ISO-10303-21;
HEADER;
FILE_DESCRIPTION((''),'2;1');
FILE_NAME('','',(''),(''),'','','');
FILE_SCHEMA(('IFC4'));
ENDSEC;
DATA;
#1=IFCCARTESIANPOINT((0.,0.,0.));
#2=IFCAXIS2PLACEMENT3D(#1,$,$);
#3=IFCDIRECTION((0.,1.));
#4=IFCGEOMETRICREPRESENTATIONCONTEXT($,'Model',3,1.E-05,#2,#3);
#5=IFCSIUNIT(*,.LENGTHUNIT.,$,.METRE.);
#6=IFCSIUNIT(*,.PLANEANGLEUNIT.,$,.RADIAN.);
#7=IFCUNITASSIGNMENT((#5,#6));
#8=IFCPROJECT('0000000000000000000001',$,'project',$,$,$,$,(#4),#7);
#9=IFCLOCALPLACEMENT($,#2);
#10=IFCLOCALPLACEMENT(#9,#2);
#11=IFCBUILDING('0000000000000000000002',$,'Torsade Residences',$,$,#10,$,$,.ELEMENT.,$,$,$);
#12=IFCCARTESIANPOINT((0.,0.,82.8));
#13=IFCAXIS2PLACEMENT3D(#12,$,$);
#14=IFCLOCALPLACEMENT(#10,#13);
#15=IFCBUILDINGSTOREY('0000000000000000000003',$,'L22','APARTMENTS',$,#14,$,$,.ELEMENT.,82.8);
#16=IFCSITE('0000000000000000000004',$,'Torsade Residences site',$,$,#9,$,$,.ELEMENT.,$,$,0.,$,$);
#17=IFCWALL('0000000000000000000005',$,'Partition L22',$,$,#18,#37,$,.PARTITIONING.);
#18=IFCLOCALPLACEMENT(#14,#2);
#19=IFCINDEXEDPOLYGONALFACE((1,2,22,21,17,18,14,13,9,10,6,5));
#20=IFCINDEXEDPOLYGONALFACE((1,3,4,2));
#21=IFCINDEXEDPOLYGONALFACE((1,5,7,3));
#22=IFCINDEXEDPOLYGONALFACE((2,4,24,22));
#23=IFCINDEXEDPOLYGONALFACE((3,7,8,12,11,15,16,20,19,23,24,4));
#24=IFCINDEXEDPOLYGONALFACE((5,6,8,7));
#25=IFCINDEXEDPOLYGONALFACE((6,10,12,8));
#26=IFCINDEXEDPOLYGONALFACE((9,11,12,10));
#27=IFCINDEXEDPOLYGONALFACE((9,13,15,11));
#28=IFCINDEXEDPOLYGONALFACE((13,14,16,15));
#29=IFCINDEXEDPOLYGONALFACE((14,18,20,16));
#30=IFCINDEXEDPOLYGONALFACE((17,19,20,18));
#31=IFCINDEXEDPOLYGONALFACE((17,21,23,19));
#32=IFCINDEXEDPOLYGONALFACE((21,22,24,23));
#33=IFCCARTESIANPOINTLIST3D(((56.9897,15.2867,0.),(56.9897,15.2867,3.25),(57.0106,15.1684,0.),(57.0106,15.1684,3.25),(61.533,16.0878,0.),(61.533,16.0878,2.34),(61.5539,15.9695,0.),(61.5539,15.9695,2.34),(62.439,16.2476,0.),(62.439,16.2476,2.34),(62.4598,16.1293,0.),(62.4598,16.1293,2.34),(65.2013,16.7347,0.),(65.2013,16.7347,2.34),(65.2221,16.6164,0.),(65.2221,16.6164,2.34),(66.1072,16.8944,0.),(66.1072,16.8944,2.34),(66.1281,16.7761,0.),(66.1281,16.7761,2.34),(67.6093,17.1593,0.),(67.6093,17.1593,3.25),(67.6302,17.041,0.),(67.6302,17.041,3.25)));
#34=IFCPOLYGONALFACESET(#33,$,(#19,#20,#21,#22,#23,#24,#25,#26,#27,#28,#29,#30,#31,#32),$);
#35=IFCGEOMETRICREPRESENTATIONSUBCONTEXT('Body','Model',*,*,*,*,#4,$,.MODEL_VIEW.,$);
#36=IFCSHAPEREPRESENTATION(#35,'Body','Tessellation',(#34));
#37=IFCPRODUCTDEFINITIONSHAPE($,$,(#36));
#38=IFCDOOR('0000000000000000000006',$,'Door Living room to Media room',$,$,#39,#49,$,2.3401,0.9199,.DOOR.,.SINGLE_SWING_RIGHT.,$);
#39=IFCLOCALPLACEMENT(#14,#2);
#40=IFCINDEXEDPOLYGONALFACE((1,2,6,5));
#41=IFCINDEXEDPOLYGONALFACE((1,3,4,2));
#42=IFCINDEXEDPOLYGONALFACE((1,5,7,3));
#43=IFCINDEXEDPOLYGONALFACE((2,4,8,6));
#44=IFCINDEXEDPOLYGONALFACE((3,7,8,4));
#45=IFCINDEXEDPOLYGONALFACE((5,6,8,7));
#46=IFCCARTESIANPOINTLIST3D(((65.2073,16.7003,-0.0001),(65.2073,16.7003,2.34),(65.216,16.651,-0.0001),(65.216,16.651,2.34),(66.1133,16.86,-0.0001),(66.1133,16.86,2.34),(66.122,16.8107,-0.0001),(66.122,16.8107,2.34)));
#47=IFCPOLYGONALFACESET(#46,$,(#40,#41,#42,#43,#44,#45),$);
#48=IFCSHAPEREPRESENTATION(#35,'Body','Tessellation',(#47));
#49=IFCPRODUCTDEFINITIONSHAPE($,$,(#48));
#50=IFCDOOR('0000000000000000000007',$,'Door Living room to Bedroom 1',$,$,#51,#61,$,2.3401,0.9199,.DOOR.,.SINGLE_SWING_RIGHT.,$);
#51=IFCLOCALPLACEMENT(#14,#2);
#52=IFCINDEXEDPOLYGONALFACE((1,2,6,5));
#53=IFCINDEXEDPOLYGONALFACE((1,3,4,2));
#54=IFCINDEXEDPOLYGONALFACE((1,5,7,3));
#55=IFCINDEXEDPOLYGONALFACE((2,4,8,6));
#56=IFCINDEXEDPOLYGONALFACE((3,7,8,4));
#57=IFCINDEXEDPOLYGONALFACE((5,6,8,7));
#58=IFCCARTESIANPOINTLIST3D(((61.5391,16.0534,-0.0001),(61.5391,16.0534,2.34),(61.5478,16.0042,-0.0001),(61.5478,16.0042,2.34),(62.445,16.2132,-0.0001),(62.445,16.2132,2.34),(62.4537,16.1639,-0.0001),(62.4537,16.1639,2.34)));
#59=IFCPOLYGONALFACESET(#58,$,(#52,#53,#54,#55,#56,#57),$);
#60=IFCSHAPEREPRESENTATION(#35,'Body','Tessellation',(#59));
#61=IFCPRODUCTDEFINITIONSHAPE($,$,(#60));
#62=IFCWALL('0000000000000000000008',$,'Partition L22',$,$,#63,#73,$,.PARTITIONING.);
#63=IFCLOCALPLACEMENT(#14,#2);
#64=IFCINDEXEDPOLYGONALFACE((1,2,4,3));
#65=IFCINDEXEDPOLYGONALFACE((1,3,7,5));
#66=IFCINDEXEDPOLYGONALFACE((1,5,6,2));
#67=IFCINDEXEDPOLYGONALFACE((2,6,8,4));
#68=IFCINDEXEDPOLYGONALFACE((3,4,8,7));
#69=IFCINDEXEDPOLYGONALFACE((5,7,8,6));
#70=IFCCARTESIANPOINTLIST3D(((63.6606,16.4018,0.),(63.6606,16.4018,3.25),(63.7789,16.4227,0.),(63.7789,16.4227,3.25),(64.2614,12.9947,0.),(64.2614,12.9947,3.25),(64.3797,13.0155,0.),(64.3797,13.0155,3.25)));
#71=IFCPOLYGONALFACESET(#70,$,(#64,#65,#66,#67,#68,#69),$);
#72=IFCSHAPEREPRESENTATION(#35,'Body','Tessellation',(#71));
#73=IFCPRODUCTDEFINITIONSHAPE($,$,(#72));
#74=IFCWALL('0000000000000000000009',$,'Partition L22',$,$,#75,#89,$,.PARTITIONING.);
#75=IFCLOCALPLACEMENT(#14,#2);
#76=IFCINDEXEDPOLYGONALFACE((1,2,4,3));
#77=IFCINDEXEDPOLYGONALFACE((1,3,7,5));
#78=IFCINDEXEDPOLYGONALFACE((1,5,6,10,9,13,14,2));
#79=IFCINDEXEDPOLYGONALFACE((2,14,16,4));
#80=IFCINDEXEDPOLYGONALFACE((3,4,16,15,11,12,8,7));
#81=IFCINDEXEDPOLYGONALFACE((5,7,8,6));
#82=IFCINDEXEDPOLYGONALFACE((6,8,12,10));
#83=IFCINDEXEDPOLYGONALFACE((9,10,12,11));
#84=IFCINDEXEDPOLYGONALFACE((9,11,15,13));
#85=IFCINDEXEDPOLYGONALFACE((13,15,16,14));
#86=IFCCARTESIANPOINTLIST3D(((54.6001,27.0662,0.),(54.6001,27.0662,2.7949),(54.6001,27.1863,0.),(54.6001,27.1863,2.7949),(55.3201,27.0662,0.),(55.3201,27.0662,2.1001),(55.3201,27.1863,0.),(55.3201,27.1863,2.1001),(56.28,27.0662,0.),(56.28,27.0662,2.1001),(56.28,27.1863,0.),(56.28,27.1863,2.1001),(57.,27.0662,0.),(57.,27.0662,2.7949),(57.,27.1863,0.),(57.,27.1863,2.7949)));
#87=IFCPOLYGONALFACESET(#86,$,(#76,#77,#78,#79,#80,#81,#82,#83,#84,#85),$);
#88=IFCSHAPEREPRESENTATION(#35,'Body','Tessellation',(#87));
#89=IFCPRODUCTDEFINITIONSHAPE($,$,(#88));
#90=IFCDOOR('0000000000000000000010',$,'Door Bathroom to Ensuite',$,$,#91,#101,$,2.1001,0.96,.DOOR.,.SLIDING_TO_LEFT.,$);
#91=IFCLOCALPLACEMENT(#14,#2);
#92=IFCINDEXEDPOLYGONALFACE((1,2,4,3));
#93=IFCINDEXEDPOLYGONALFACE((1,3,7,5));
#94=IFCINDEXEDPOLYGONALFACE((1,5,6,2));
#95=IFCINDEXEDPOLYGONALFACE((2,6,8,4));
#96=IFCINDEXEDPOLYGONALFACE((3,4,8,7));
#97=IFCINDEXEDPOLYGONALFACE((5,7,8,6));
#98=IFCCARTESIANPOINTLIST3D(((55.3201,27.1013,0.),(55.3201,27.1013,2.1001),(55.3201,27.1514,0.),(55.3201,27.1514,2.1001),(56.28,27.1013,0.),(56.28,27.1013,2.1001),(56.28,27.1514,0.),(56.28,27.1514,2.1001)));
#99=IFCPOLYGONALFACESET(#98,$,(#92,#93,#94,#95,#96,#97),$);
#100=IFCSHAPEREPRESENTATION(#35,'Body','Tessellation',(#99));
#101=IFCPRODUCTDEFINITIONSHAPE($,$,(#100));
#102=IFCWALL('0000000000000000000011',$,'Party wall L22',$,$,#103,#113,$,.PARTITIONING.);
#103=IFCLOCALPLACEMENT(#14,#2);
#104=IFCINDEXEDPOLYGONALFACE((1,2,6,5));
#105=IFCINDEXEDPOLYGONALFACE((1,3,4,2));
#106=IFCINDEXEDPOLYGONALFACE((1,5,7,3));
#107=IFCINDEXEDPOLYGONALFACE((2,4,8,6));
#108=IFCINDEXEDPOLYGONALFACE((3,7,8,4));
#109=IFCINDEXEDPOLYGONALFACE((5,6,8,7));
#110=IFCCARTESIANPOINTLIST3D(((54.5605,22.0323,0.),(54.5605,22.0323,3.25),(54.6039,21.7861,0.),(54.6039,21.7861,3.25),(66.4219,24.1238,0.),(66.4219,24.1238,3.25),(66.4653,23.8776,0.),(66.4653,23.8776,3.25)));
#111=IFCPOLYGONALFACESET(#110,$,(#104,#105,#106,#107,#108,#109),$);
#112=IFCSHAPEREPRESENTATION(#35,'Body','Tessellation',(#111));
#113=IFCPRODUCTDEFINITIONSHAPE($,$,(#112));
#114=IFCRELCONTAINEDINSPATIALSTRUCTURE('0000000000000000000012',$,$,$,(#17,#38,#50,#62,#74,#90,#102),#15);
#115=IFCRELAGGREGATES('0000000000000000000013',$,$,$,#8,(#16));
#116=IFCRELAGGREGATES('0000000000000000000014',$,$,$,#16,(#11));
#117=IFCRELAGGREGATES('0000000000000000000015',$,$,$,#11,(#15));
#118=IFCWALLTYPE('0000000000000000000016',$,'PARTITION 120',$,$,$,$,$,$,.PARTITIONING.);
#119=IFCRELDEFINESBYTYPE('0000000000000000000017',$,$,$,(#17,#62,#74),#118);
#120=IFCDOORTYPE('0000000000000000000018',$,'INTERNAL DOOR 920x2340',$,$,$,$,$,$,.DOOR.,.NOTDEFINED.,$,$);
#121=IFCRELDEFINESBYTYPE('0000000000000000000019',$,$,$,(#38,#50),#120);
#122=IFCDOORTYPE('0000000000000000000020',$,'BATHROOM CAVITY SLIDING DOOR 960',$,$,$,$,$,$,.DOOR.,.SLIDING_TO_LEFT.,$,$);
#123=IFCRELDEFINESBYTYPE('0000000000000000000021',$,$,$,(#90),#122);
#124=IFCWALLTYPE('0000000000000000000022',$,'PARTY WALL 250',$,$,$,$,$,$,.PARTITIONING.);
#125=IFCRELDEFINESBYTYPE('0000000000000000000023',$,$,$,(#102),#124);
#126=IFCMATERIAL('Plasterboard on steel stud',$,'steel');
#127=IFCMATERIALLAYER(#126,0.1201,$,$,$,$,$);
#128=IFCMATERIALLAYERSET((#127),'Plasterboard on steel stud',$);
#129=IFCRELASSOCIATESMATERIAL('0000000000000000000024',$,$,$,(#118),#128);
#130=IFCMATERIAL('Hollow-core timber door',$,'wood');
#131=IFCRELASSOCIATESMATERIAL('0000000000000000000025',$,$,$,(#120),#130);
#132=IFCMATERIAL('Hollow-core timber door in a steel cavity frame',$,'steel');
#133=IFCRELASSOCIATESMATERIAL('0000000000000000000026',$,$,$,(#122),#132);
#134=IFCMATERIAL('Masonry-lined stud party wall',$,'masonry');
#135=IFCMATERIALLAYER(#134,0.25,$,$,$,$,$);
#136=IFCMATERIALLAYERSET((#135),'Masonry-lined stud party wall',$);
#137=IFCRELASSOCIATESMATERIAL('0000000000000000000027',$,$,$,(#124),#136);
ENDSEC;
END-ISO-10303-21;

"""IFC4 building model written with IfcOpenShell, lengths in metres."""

from ifc_helpers import new_model, si_unit, direction, frame, frame_2d, origin, place, context, subcontext, project, spatial, rectangle, extrude, material, layer, layer_set, type_object, element, fill, save


model = new_model("IFC4")

# Units and contexts
model_context = context("Model", 3, precision=1e-05, world=origin(), true_north=direction((0.0, 1.0)))
body_context = subcontext(model_context, "Body", "Model", "MODEL_VIEW")
ifc_project = project(units=[si_unit("LENGTHUNIT", "METRE"), si_unit("PLANEANGLEUNIT", "RADIAN")], contexts=[model_context])

# Site, building, storey
site_placement = place(None, origin())
site = spatial("IfcSite", under=ifc_project, at=site_placement, Name="Torsade Residences site", CompositionType="ELEMENT", RefElevation=0.0)
building_placement = place(site_placement, origin())
building = spatial("IfcBuilding", under=site, at=building_placement, Name="Torsade Residences", CompositionType="ELEMENT")
storey_placement = place(building_placement, frame((0.0, 0.0, 82.8)))
storey = spatial("IfcBuildingStorey", under=building, at=storey_placement, Name="L22", Description="APARTMENTS", CompositionType="ELEMENT", Elevation=82.8)

# Wall, openings, doors
ifc_material_1 = material(Name="Plasterboard on steel stud", Category="steel")
ifc_layer_1 = layer(ifc_material_1, 0.1201)
ifc_layer_set_1 = layer_set([ifc_layer_1], Name="Plasterboard on steel stud")
wall_type_1 = type_object("IfcWallType", Name="PARTITION 120", PredefinedType="PARTITIONING", material=ifc_layer_set_1)
wall_1_placement = place(storey_placement, frame((67.6196, 17.1001, 0.0), z_axis=(0.0, 0.0, 1.0), x_axis=(-0.984807, -0.173651, 0.0)))
wall_1 = element("IfcWall", 1, at=wall_1_placement, inside=storey, type_object=wall_type_1, Name="Partition L22", PredefinedType="PARTITIONING", context=body_context, shape_type="SweptSolid", body=[
    extrude(rectangle(XDim=10.7834, YDim=0.1201, at=frame_2d((5.3916, 0.0))), origin(), (0.0, 0.0, 1.0), 3.25),
])
opening_1_placement = place(wall_1_placement, frame((1.5251, 0.0, 0.0)))
opening_1 = element("IfcOpeningElement", 2, at=opening_1_placement, cuts=wall_1, PredefinedType="OPENING", context=body_context, shape_type="SweptSolid", body=[
    extrude(rectangle(XDim=0.9199, YDim=2.3401, at=frame_2d((0.46, 1.1699))), frame((0.0, 0.0701, 0.0), z_axis=(0.0, -1.0, 0.0), x_axis=(1.0, 0.0, 0.0)), (0.0, 0.0, 1.0), 0.1401),
])
opening_2_placement = place(wall_1_placement, frame((5.25, 0.0, 0.0)))
opening_2 = element("IfcOpeningElement", 3, at=opening_2_placement, cuts=wall_1, PredefinedType="OPENING", context=body_context, shape_type="SweptSolid", body=[
    extrude(rectangle(XDim=0.9199, YDim=2.3401, at=frame_2d((0.46, 1.1699))), frame((0.0, 0.0701, 0.0), z_axis=(0.0, -1.0, 0.0), x_axis=(1.0, 0.0, 0.0)), (0.0, 0.0, 1.0), 0.1401),
])
ifc_material_2 = material(Name="Hollow-core timber door", Category="wood")
door_type_1 = type_object("IfcDoorType", Name="INTERNAL DOOR 920x2340", OperationType="NOTDEFINED", PredefinedType="DOOR", material=ifc_material_2)
door_1_placement = place(opening_1_placement, origin())
door_1 = element("IfcDoor", 4, at=door_1_placement, inside=storey, type_object=door_type_1, Name="Door Living room to Media room", OperationType="SINGLE_SWING_RIGHT", OverallHeight=2.3401, OverallWidth=0.9199, PredefinedType="DOOR", context=body_context, shape_type="SweptSolid", body=[
    extrude(rectangle(XDim=0.9199, YDim=2.3401, at=frame_2d((0.46, 1.1699))), frame((0.0, 0.0249, 0.0), z_axis=(0.0, -1.0, 0.0), x_axis=(1.0, 0.0, 0.0)), (0.0, 0.0, 1.0), 0.05),
])
fill(opening_1, door_1)
door_2_placement = place(opening_2_placement, origin())
door_2 = element("IfcDoor", 5, at=door_2_placement, inside=storey, type_object=door_type_1, Name="Door Living room to Bedroom 1", OperationType="SINGLE_SWING_RIGHT", OverallHeight=2.3401, OverallWidth=0.9199, PredefinedType="DOOR", context=body_context, shape_type="SweptSolid", body=[
    extrude(rectangle(XDim=0.9199, YDim=2.3401, at=frame_2d((0.46, 1.1699))), frame((0.0, 0.0249, 0.0), z_axis=(0.0, -1.0, 0.0), x_axis=(1.0, 0.0, 0.0)), (0.0, 0.0, 1.0), 0.05),
])
fill(opening_2, door_2)

# Wall
wall_2_placement = place(storey_placement, frame((63.7197, 16.4124, 0.0), z_axis=(0.0, 0.0, 1.0), x_axis=(0.173661, -0.984806, 0.0)))
element("IfcWall", 6, at=wall_2_placement, inside=storey, type_object=wall_type_1, Name="Partition L22", PredefinedType="PARTITIONING", context=body_context, shape_type="SweptSolid", body=[
    extrude(rectangle(XDim=3.4597, YDim=0.1201, at=frame_2d((1.73, 0.0))), origin(), (0.0, 0.0, 1.0), 3.25),
])

# Wall, opening, door
wall_3_placement = place(storey_placement, frame((57.0, 27.1262, 0.0), z_axis=(0.0, 0.0, 1.0), x_axis=(-1.0, 0.0, 0.0)))
wall_3 = element("IfcWall", 7, at=wall_3_placement, inside=storey, type_object=wall_type_1, Name="Partition L22", PredefinedType="PARTITIONING", context=body_context, shape_type="SweptSolid", body=[
    extrude(rectangle(XDim=2.3999, YDim=0.1201, at=frame_2d((1.2, 0.0))), origin(), (0.0, 0.0, 1.0), 2.7949),
])
opening_3_placement = place(wall_3_placement, frame((0.72, 0.0, 0.0)))
opening_3 = element("IfcOpeningElement", 8, at=opening_3_placement, cuts=wall_3, PredefinedType="OPENING", context=body_context, shape_type="SweptSolid", body=[
    extrude(rectangle(XDim=0.96, YDim=2.1001, at=frame_2d((0.48, 1.05))), frame((0.0, 0.0701, 0.0), z_axis=(0.0, -1.0, 0.0), x_axis=(1.0, 0.0, 0.0)), (0.0, 0.0, 1.0), 0.1401),
])
ifc_material_3 = material(Name="Hollow-core timber door in a steel cavity frame", Category="steel")
door_type_2 = type_object("IfcDoorType", Name="BATHROOM CAVITY SLIDING DOOR 960", OperationType="SLIDING_TO_LEFT", PredefinedType="DOOR", material=ifc_material_3)
door_3_placement = place(opening_3_placement, origin())
door_3 = element("IfcDoor", 9, at=door_3_placement, inside=storey, type_object=door_type_2, Name="Door Bathroom to Ensuite", OperationType="SLIDING_TO_LEFT", OverallHeight=2.1001, OverallWidth=0.96, PredefinedType="DOOR", context=body_context, shape_type="SweptSolid", body=[
    extrude(rectangle(XDim=0.96, YDim=2.1001, at=frame_2d((0.48, 1.05))), frame((0.0, 0.0249, 0.0), z_axis=(0.0, -1.0, 0.0), x_axis=(1.0, 0.0, 0.0)), (0.0, 0.0, 1.0), 0.05),
])
fill(opening_3, door_3)

# Wall
ifc_material_4 = material(Name="Masonry-lined stud party wall", Category="masonry")
ifc_layer_2 = layer(ifc_material_4, 0.25)
ifc_layer_set_2 = layer_set([ifc_layer_2], Name="Masonry-lined stud party wall")
wall_type_2 = type_object("IfcWallType", Name="PARTY WALL 250", PredefinedType="PARTITIONING", material=ifc_layer_set_2)
wall_4_placement = place(storey_placement, frame((66.4436, 24.0007, 0.0), z_axis=(0.0, 0.0, 1.0), x_axis=(-0.984807, -0.173655, 0.0)))
element("IfcWall", 10, at=wall_4_placement, inside=storey, type_object=wall_type_2, Name="Party wall L22", PredefinedType="PARTITIONING", context=body_context, shape_type="SweptSolid", body=[
    extrude(rectangle(XDim=12.0444, YDim=0.25, at=frame_2d((6.0222, 0.0))), origin(), (0.0, 0.0, 1.0), 3.25),
])

save(model, "model.ifc")
